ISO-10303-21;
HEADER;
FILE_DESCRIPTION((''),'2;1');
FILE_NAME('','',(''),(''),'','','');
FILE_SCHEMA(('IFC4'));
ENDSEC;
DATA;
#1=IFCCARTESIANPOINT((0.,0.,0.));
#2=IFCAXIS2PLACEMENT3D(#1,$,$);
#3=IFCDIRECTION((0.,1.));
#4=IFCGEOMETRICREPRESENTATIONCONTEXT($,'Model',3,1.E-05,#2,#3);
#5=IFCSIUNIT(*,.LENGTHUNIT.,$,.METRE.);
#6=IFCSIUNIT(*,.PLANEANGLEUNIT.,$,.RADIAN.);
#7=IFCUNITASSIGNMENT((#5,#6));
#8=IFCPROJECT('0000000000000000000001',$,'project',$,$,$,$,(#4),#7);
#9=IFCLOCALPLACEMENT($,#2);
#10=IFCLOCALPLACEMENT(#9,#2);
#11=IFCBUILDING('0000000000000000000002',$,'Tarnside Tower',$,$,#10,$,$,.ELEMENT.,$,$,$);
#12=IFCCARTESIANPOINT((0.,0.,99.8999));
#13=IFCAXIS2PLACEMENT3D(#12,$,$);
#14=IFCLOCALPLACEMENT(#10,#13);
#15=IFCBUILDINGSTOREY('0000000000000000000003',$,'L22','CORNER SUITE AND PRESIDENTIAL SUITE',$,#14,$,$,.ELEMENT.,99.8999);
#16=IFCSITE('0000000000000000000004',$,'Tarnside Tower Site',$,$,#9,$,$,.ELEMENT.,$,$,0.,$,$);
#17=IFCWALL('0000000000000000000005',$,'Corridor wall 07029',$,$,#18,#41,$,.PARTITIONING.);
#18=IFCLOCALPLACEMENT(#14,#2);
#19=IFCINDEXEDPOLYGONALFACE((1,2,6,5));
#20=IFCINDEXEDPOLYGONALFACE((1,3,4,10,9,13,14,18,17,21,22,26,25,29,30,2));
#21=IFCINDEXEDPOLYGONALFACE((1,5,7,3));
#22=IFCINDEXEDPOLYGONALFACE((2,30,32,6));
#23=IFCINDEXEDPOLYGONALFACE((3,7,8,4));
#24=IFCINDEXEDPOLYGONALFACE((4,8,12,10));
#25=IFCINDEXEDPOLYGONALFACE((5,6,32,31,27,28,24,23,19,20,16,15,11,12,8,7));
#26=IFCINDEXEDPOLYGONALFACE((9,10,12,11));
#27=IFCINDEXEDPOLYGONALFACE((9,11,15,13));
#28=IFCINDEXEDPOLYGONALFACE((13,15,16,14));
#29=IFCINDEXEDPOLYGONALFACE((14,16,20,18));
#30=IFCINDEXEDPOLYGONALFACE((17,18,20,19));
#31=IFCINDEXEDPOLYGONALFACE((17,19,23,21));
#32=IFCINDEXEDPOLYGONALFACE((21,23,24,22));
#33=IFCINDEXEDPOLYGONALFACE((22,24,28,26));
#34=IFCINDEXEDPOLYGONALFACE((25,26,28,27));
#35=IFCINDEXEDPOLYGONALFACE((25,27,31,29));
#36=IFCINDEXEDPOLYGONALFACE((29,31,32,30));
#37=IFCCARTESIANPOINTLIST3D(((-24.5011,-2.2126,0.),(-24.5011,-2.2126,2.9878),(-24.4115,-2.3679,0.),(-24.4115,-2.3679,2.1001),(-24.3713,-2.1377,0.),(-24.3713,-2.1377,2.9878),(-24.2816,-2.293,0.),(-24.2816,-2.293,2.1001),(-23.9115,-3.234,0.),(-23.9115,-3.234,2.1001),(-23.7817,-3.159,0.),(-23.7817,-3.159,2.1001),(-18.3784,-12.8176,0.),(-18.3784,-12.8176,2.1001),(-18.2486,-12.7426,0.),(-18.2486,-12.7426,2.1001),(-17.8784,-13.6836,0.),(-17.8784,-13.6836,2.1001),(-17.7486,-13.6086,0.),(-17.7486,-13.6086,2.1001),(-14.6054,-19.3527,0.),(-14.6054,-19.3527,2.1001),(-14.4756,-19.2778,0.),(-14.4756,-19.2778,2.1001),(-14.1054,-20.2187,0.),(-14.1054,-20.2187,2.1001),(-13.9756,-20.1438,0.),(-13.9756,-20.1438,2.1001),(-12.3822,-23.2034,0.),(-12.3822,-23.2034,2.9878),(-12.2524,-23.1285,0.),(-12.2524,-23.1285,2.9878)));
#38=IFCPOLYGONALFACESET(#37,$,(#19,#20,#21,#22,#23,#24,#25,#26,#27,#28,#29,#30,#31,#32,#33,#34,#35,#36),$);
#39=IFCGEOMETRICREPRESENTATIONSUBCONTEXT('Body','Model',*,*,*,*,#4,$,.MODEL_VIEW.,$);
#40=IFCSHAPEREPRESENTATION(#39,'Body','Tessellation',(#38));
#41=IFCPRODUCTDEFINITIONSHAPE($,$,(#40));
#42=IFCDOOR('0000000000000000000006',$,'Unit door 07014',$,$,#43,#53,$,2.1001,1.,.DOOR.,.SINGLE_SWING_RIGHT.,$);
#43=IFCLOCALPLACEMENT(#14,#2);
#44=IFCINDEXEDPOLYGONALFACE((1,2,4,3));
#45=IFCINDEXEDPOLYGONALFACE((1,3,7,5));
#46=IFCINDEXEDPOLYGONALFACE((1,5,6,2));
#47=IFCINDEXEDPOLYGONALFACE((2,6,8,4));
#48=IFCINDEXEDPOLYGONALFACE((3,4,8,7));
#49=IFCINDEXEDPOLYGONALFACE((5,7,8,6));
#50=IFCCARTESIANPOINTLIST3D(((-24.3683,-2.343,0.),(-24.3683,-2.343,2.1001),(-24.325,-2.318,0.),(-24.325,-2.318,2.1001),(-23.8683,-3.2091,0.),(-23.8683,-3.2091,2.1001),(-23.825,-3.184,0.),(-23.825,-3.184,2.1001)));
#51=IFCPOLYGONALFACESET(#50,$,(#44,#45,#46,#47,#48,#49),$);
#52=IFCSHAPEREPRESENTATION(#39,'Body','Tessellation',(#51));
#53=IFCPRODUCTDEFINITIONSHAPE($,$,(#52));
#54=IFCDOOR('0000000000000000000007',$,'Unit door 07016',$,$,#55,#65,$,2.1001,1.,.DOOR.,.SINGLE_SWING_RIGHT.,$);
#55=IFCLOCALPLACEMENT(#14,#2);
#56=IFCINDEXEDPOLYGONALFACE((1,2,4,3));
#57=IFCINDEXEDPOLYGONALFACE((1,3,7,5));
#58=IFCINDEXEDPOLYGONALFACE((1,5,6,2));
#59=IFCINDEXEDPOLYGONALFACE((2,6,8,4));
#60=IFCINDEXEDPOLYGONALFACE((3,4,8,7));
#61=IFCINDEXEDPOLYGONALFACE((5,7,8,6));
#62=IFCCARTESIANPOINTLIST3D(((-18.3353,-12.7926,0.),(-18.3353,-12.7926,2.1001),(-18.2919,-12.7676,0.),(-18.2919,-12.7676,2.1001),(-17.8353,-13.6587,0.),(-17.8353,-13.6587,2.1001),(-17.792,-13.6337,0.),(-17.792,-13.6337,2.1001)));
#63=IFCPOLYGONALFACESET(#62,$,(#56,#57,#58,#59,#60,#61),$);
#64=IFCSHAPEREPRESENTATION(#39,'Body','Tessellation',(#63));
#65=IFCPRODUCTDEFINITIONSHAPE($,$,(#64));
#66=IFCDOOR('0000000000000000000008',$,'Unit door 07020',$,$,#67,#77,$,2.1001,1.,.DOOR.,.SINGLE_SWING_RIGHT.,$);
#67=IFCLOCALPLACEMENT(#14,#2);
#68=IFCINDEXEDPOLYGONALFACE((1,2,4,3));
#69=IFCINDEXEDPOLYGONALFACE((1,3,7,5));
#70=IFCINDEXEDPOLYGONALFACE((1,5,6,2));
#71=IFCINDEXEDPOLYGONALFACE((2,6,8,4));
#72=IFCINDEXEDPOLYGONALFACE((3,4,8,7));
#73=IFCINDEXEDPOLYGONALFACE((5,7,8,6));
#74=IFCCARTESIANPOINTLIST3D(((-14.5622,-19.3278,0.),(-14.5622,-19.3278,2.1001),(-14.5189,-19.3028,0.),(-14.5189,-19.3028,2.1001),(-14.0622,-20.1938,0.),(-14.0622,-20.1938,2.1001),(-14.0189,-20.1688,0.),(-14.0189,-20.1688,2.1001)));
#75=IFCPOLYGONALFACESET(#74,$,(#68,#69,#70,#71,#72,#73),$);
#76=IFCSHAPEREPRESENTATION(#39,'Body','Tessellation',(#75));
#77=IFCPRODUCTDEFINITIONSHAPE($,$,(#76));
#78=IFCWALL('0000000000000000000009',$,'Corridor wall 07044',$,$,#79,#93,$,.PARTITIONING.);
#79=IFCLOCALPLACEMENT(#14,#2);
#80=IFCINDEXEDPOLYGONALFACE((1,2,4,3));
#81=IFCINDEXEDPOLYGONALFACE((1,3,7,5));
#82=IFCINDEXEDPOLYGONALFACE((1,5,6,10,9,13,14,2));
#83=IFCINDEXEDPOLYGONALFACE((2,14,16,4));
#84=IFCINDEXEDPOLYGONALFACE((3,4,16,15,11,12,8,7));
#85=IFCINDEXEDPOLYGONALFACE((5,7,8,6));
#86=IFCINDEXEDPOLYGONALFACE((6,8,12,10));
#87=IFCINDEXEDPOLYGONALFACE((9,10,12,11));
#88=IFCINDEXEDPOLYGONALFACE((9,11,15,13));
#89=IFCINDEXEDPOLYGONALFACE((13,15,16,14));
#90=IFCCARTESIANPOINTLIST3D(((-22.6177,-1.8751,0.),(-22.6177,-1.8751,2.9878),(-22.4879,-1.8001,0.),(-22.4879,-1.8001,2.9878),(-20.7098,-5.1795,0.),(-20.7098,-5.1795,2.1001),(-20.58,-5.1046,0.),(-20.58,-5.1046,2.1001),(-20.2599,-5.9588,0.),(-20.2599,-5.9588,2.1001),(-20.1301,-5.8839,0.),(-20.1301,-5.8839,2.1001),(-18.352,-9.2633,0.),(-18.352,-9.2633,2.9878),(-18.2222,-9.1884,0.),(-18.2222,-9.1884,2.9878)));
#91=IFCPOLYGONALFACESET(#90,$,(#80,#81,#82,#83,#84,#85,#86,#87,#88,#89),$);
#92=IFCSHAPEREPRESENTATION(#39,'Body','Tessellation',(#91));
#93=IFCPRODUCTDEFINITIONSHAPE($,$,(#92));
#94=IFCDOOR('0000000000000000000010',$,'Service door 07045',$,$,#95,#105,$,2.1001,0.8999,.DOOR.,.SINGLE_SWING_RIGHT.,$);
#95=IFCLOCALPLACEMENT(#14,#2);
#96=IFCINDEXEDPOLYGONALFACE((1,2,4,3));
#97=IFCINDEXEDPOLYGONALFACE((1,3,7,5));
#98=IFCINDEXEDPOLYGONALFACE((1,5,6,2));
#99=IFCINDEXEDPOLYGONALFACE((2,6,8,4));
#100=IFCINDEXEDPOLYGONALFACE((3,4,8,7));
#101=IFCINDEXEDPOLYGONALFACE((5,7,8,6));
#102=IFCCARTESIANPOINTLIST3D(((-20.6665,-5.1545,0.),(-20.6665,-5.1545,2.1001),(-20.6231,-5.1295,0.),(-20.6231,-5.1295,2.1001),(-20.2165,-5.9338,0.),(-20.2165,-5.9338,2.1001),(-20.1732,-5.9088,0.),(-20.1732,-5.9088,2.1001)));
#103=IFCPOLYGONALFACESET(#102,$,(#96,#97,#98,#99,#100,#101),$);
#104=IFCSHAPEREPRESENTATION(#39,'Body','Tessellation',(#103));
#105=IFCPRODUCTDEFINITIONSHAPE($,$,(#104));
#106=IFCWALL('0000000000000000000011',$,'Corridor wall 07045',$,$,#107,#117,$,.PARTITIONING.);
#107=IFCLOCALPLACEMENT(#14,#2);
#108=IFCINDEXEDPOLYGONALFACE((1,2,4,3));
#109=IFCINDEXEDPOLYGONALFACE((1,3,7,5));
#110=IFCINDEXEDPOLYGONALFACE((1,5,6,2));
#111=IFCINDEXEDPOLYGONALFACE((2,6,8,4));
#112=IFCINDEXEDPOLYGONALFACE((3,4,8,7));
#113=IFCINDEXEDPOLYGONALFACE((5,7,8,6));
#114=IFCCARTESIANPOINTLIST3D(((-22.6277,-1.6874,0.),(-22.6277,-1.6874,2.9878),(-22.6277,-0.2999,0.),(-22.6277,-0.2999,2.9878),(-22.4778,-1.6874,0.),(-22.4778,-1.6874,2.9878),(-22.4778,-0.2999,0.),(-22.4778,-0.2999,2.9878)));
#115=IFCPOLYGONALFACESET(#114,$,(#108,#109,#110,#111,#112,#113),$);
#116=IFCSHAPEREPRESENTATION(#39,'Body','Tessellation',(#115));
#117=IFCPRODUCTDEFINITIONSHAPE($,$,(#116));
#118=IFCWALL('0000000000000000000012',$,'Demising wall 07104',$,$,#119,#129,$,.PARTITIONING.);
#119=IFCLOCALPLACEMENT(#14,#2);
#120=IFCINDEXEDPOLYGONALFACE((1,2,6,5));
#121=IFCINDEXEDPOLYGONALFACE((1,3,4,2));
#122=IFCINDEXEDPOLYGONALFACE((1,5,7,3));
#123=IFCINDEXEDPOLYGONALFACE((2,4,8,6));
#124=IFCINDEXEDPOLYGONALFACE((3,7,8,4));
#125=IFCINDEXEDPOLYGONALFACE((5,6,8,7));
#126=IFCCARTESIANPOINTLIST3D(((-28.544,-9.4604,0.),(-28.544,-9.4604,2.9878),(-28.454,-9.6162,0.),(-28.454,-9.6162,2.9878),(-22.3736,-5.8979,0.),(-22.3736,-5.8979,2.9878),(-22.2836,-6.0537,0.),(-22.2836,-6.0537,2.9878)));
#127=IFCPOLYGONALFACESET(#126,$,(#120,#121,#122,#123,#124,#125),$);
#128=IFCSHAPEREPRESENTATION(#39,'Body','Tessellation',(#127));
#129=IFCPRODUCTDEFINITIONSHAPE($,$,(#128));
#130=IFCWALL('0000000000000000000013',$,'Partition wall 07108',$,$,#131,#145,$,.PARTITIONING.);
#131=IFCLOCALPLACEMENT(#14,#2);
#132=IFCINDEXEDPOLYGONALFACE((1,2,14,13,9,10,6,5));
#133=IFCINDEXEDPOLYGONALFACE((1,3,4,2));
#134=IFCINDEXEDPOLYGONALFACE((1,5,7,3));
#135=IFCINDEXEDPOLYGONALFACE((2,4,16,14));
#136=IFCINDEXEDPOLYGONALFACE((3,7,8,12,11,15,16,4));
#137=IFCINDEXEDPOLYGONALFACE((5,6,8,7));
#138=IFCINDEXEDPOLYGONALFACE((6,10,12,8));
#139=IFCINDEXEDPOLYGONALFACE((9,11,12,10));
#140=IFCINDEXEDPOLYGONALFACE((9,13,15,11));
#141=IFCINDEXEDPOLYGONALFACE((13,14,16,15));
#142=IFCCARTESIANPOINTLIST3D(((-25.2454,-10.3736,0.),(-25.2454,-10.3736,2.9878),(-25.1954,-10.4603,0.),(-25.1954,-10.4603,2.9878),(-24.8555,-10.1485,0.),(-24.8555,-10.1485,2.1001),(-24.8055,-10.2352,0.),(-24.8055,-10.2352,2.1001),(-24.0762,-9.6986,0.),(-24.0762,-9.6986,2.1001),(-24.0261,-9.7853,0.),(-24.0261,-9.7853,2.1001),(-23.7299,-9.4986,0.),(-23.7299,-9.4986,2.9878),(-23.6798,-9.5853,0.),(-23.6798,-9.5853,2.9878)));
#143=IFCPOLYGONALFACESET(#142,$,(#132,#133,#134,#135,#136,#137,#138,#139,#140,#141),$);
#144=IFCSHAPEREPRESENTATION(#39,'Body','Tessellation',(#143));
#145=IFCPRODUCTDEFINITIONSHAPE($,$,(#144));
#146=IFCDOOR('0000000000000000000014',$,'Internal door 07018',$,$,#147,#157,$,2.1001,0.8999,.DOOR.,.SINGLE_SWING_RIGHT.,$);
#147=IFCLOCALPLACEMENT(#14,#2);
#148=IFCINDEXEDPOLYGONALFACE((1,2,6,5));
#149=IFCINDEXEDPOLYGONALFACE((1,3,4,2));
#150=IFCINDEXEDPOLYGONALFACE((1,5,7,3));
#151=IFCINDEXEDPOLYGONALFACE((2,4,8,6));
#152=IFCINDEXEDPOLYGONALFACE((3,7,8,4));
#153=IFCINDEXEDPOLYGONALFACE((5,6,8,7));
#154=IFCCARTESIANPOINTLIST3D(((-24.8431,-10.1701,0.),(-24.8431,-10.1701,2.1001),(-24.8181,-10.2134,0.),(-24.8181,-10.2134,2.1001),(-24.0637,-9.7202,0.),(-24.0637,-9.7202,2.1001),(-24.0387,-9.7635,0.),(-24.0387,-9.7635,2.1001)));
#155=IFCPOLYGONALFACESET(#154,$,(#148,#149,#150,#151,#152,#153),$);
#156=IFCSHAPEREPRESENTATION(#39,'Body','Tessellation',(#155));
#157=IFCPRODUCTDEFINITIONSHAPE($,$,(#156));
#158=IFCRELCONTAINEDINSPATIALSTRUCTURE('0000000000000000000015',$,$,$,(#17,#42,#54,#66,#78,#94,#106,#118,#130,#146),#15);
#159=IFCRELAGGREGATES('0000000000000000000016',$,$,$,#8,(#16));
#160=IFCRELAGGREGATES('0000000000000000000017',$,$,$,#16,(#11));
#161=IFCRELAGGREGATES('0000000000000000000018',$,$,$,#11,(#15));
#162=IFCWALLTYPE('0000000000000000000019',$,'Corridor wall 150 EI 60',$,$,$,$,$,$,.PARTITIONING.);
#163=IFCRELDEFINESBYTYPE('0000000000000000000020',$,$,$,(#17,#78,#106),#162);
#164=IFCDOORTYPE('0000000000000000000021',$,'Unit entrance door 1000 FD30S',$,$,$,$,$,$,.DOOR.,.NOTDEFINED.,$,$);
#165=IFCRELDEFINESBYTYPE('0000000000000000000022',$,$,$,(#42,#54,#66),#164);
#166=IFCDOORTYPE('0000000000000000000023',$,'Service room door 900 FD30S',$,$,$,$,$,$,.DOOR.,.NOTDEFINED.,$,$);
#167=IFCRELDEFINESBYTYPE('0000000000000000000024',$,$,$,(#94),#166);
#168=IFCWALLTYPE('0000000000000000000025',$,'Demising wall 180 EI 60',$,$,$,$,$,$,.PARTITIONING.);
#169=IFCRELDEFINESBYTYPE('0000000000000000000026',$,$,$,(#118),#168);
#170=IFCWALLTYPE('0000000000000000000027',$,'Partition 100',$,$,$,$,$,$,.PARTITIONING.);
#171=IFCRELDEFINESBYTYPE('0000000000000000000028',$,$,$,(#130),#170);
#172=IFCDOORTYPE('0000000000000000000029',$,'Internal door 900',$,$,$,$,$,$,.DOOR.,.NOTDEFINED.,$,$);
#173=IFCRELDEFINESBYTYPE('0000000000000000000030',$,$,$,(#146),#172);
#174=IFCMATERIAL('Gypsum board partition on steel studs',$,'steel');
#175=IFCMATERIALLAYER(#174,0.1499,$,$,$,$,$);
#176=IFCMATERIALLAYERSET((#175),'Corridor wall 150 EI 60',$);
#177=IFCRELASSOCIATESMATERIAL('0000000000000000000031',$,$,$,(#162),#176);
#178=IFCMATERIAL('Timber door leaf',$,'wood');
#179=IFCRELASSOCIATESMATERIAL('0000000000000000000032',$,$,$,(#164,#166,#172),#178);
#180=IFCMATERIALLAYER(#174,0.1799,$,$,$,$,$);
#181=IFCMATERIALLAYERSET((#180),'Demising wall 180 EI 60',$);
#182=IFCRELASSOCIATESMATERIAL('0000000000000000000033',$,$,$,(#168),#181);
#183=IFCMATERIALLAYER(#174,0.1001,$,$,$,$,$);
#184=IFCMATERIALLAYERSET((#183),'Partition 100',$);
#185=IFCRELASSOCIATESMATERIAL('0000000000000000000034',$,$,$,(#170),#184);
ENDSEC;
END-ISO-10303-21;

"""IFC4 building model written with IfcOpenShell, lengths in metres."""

from ifc_helpers import new_model, si_unit, direction, frame, frame_2d, origin, place, context, subcontext, project, spatial, rectangle, extrude, material, layer, layer_set, type_object, element, fill, save


model = new_model("IFC4")

# Units and contexts
model_context = context("Model", 3, precision=1e-05, world=origin(), true_north=direction((0.0, 1.0)))
body_context = subcontext(model_context, "Body", "Model", "MODEL_VIEW")
ifc_project = project(units=[si_unit("LENGTHUNIT", "METRE"), si_unit("PLANEANGLEUNIT", "RADIAN")], contexts=[model_context])

# Site, building, storey
site_placement = place(None, origin())
site = spatial("IfcSite", under=ifc_project, at=site_placement, Name="Tarnside Tower Site", CompositionType="ELEMENT", RefElevation=0.0)
building_placement = place(site_placement, origin())
building = spatial("IfcBuilding", under=site, at=building_placement, Name="Tarnside Tower", CompositionType="ELEMENT")
storey_placement = place(building_placement, frame((0.0, 0.0, 99.8999)))
storey = spatial("IfcBuildingStorey", under=building, at=storey_placement, Name="L22", Description="CORNER SUITE AND PRESIDENTIAL SUITE", CompositionType="ELEMENT", Elevation=99.8999)

# Shared definitions
ifc_material_1 = material(Name="Gypsum board partition on steel studs", Category="steel")

# Shared definitions
ifc_material_2 = material(Name="Timber door leaf", Category="wood")

# Shared definitions
ifc_layer_1 = layer(ifc_material_1, 0.1499)
ifc_layer_set_1 = layer_set([ifc_layer_1], Name="Corridor wall 150 EI 60")
wall_type_1 = type_object("IfcWallType", Name="Corridor wall 150 EI 60", PredefinedType="PARTITIONING", material=ifc_layer_set_1)

# Wall, openings, doors
wall_1_placement = place(storey_placement, frame((-24.4363, -2.175, 0.0), z_axis=(0.0, 0.0, 1.0), x_axis=(0.499997, -0.866027, 0.0)))
wall_1 = element("IfcWall", 1, at=wall_1_placement, inside=storey, type_object=wall_type_1, Name="Corridor wall 07029", PredefinedType="PARTITIONING", context=body_context, shape_type="SweptSolid", body=[
    extrude(rectangle(XDim=24.238, YDim=0.1499, at=frame_2d((12.1191, 0.0))), origin(), (0.0, 0.0, 1.0), 2.9878),
])
opening_1_placement = place(wall_1_placement, frame((0.1794, 0.0, 0.0)))
opening_1 = element("IfcOpeningElement", 2, at=opening_1_placement, cuts=wall_1, PredefinedType="OPENING", context=body_context, shape_type="SweptSolid", body=[
    extrude(rectangle(XDim=1.0, YDim=2.1001, at=frame_2d((0.5, 1.05))), frame((0.0, 0.085, 0.0), z_axis=(0.0, -1.0, 0.0), x_axis=(1.0, 0.0, 0.0)), (0.0, 0.0, 1.0), 0.1699),
])
opening_2_placement = place(wall_1_placement, frame((12.2456, 0.0, 0.0)))
opening_2 = element("IfcOpeningElement", 3, at=opening_2_placement, cuts=wall_1, PredefinedType="OPENING", context=body_context, shape_type="SweptSolid", body=[
    extrude(rectangle(XDim=1.0, YDim=2.1001, at=frame_2d((0.5, 1.05))), frame((0.0, 0.085, 0.0), z_axis=(0.0, -1.0, 0.0), x_axis=(1.0, 0.0, 0.0)), (0.0, 0.0, 1.0), 0.1699),
])
opening_3_placement = place(wall_1_placement, frame((19.7917, 0.0, 0.0)))
opening_3 = element("IfcOpeningElement", 4, at=opening_3_placement, cuts=wall_1, PredefinedType="OPENING", context=body_context, shape_type="SweptSolid", body=[
    extrude(rectangle(XDim=1.0, YDim=2.1001, at=frame_2d((0.5, 1.05))), frame((0.0, 0.085, 0.0), z_axis=(0.0, -1.0, 0.0), x_axis=(1.0, 0.0, 0.0)), (0.0, 0.0, 1.0), 0.1699),
])
door_type_1 = type_object("IfcDoorType", Name="Unit entrance door 1000 FD30S", OperationType="NOTDEFINED", PredefinedType="DOOR", material=ifc_material_2)
door_1_placement = place(opening_1_placement, origin())
door_1 = element("IfcDoor", 5, at=door_1_placement, inside=storey, type_object=door_type_1, Name="Unit door 07014", OperationType="SINGLE_SWING_RIGHT", OverallHeight=2.1001, OverallWidth=1.0, PredefinedType="DOOR", context=body_context, shape_type="SweptSolid", body=[
    extrude(rectangle(XDim=1.0, YDim=2.1001, at=frame_2d((0.5, 1.05))), frame((0.0, 0.0249, 0.0), z_axis=(0.0, -1.0, 0.0), x_axis=(1.0, 0.0, 0.0)), (0.0, 0.0, 1.0), 0.05),
])
fill(opening_1, door_1)
door_2_placement = place(opening_2_placement, origin())
door_2 = element("IfcDoor", 6, at=door_2_placement, inside=storey, type_object=door_type_1, Name="Unit door 07016", OperationType="SINGLE_SWING_RIGHT", OverallHeight=2.1001, OverallWidth=1.0, PredefinedType="DOOR", context=body_context, shape_type="SweptSolid", body=[
    extrude(rectangle(XDim=1.0, YDim=2.1001, at=frame_2d((0.5, 1.05))), frame((0.0, 0.0249, 0.0), z_axis=(0.0, -1.0, 0.0), x_axis=(1.0, 0.0, 0.0)), (0.0, 0.0, 1.0), 0.05),
])
fill(opening_2, door_2)
door_3_placement = place(opening_3_placement, origin())
door_3 = element("IfcDoor", 7, at=door_3_placement, inside=storey, type_object=door_type_1, Name="Unit door 07020", OperationType="SINGLE_SWING_RIGHT", OverallHeight=2.1001, OverallWidth=1.0, PredefinedType="DOOR", context=body_context, shape_type="SweptSolid", body=[
    extrude(rectangle(XDim=1.0, YDim=2.1001, at=frame_2d((0.5, 1.05))), frame((0.0, 0.0249, 0.0), z_axis=(0.0, -1.0, 0.0), x_axis=(1.0, 0.0, 0.0)), (0.0, 0.0, 1.0), 0.05),
])
fill(opening_3, door_3)

# Wall, opening, door
wall_2_placement = place(storey_placement, frame((-18.2871, -9.2258, 0.0), z_axis=(0.0, 0.0, 1.0), x_axis=(-0.500005, 0.866023, 0.0)))
wall_2 = element("IfcWall", 8, at=wall_2_placement, inside=storey, type_object=wall_type_1, Name="Corridor wall 07044", PredefinedType="PARTITIONING", context=body_context, shape_type="SweptSolid", body=[
    extrude(rectangle(XDim=8.5312, YDim=0.1499, at=frame_2d((4.2656, 0.0))), origin(), (0.0, 0.0, 1.0), 2.9878),
])
opening_4_placement = place(wall_2_placement, frame((3.8157, 0.0, 0.0)))
opening_4 = element("IfcOpeningElement", 9, at=opening_4_placement, cuts=wall_2, PredefinedType="OPENING", context=body_context, shape_type="SweptSolid", body=[
    extrude(rectangle(XDim=0.8999, YDim=2.1001, at=frame_2d((0.45, 1.05))), frame((0.0, 0.085, 0.0), z_axis=(0.0, -1.0, 0.0), x_axis=(1.0, 0.0, 0.0)), (0.0, 0.0, 1.0), 0.1699),
])
door_type_2 = type_object("IfcDoorType", Name="Service room door 900 FD30S", OperationType="NOTDEFINED", PredefinedType="DOOR", material=ifc_material_2)
door_4_placement = place(opening_4_placement, origin())
door_4 = element("IfcDoor", 10, at=door_4_placement, inside=storey, type_object=door_type_2, Name="Service door 07045", OperationType="SINGLE_SWING_RIGHT", OverallHeight=2.1001, OverallWidth=0.8999, PredefinedType="DOOR", context=body_context, shape_type="SweptSolid", body=[
    extrude(rectangle(XDim=0.8999, YDim=2.1001, at=frame_2d((0.45, 1.05))), frame((0.0, 0.0249, 0.0), z_axis=(0.0, -1.0, 0.0), x_axis=(1.0, 0.0, 0.0)), (0.0, 0.0, 1.0), 0.05),
])
fill(opening_4, door_4)

# Walls
wall_3_placement = place(storey_placement, frame((-22.5527, -1.6875, 0.0), z_axis=(0.0, 0.0, 1.0), x_axis=(0.0, 1.0, 0.0)))
element("IfcWall", 11, at=wall_3_placement, inside=storey, type_object=wall_type_1, Name="Corridor wall 07045", PredefinedType="PARTITIONING", context=body_context, shape_type="SweptSolid", body=[
    extrude(rectangle(XDim=1.3875, YDim=0.1499, at=frame_2d((0.6938, 0.0))), origin(), (0.0, 0.0, 1.0), 2.9878),
])
ifc_layer_2 = layer(ifc_material_1, 0.1799)
ifc_layer_set_2 = layer_set([ifc_layer_2], Name="Demising wall 180 EI 60")
wall_type_2 = type_object("IfcWallType", Name="Demising wall 180 EI 60", PredefinedType="PARTITIONING", material=ifc_layer_set_2)
wall_4_placement = place(storey_placement, frame((-28.499, -9.5383, 0.0), z_axis=(0.0, 0.0, 1.0), x_axis=(0.866025, 0.500001, 0.0)))
element("IfcWall", 12, at=wall_4_placement, inside=storey, type_object=wall_type_2, Name="Demising wall 07104", PredefinedType="PARTITIONING", context=body_context, shape_type="SweptSolid", body=[
    extrude(rectangle(XDim=7.125, YDim=0.1799, at=frame_2d((3.5625, 0.0))), origin(), (0.0, 0.0, 1.0), 2.9878),
])

# Wall, opening, door
ifc_layer_3 = layer(ifc_material_1, 0.1001)
ifc_layer_set_3 = layer_set([ifc_layer_3], Name="Partition 100")
wall_type_3 = type_object("IfcWallType", Name="Partition 100", PredefinedType="PARTITIONING", material=ifc_layer_set_3)
wall_5_placement = place(storey_placement, frame((-23.7048, -9.542, 0.0), z_axis=(0.0, 0.0, 1.0), x_axis=(-0.866037, -0.49998, 0.0)))
wall_5 = element("IfcWall", 13, at=wall_5_placement, inside=storey, type_object=wall_type_3, Name="Partition wall 07108", PredefinedType="PARTITIONING", context=body_context, shape_type="SweptSolid", body=[
    extrude(rectangle(XDim=1.75, YDim=0.1001, at=frame_2d((0.875, 0.0))), origin(), (0.0, 0.0, 1.0), 2.9878),
])
opening_5_placement = place(wall_5_placement, frame((0.3999, 0.0, 0.0)))
opening_5 = element("IfcOpeningElement", 14, at=opening_5_placement, cuts=wall_5, PredefinedType="OPENING", context=body_context, shape_type="SweptSolid", body=[
    extrude(rectangle(XDim=0.8999, YDim=2.1001, at=frame_2d((0.45, 1.05))), frame((0.0, 0.0601, 0.0), z_axis=(0.0, -1.0, 0.0), x_axis=(1.0, 0.0, 0.0)), (0.0, 0.0, 1.0), 0.1201),
])
door_type_3 = type_object("IfcDoorType", Name="Internal door 900", OperationType="NOTDEFINED", PredefinedType="DOOR", material=ifc_material_2)
door_5_placement = place(opening_5_placement, origin())
door_5 = element("IfcDoor", 15, at=door_5_placement, inside=storey, type_object=door_type_3, Name="Internal door 07018", OperationType="SINGLE_SWING_RIGHT", OverallHeight=2.1001, OverallWidth=0.8999, PredefinedType="DOOR", context=body_context, shape_type="SweptSolid", body=[
    extrude(rectangle(XDim=0.8999, YDim=2.1001, at=frame_2d((0.45, 1.05))), frame((0.0, 0.0249, 0.0), z_axis=(0.0, -1.0, 0.0), x_axis=(1.0, 0.0, 0.0)), (0.0, 0.0, 1.0), 0.05),
])
fill(opening_5, door_5)

save(model, "model.ifc")
